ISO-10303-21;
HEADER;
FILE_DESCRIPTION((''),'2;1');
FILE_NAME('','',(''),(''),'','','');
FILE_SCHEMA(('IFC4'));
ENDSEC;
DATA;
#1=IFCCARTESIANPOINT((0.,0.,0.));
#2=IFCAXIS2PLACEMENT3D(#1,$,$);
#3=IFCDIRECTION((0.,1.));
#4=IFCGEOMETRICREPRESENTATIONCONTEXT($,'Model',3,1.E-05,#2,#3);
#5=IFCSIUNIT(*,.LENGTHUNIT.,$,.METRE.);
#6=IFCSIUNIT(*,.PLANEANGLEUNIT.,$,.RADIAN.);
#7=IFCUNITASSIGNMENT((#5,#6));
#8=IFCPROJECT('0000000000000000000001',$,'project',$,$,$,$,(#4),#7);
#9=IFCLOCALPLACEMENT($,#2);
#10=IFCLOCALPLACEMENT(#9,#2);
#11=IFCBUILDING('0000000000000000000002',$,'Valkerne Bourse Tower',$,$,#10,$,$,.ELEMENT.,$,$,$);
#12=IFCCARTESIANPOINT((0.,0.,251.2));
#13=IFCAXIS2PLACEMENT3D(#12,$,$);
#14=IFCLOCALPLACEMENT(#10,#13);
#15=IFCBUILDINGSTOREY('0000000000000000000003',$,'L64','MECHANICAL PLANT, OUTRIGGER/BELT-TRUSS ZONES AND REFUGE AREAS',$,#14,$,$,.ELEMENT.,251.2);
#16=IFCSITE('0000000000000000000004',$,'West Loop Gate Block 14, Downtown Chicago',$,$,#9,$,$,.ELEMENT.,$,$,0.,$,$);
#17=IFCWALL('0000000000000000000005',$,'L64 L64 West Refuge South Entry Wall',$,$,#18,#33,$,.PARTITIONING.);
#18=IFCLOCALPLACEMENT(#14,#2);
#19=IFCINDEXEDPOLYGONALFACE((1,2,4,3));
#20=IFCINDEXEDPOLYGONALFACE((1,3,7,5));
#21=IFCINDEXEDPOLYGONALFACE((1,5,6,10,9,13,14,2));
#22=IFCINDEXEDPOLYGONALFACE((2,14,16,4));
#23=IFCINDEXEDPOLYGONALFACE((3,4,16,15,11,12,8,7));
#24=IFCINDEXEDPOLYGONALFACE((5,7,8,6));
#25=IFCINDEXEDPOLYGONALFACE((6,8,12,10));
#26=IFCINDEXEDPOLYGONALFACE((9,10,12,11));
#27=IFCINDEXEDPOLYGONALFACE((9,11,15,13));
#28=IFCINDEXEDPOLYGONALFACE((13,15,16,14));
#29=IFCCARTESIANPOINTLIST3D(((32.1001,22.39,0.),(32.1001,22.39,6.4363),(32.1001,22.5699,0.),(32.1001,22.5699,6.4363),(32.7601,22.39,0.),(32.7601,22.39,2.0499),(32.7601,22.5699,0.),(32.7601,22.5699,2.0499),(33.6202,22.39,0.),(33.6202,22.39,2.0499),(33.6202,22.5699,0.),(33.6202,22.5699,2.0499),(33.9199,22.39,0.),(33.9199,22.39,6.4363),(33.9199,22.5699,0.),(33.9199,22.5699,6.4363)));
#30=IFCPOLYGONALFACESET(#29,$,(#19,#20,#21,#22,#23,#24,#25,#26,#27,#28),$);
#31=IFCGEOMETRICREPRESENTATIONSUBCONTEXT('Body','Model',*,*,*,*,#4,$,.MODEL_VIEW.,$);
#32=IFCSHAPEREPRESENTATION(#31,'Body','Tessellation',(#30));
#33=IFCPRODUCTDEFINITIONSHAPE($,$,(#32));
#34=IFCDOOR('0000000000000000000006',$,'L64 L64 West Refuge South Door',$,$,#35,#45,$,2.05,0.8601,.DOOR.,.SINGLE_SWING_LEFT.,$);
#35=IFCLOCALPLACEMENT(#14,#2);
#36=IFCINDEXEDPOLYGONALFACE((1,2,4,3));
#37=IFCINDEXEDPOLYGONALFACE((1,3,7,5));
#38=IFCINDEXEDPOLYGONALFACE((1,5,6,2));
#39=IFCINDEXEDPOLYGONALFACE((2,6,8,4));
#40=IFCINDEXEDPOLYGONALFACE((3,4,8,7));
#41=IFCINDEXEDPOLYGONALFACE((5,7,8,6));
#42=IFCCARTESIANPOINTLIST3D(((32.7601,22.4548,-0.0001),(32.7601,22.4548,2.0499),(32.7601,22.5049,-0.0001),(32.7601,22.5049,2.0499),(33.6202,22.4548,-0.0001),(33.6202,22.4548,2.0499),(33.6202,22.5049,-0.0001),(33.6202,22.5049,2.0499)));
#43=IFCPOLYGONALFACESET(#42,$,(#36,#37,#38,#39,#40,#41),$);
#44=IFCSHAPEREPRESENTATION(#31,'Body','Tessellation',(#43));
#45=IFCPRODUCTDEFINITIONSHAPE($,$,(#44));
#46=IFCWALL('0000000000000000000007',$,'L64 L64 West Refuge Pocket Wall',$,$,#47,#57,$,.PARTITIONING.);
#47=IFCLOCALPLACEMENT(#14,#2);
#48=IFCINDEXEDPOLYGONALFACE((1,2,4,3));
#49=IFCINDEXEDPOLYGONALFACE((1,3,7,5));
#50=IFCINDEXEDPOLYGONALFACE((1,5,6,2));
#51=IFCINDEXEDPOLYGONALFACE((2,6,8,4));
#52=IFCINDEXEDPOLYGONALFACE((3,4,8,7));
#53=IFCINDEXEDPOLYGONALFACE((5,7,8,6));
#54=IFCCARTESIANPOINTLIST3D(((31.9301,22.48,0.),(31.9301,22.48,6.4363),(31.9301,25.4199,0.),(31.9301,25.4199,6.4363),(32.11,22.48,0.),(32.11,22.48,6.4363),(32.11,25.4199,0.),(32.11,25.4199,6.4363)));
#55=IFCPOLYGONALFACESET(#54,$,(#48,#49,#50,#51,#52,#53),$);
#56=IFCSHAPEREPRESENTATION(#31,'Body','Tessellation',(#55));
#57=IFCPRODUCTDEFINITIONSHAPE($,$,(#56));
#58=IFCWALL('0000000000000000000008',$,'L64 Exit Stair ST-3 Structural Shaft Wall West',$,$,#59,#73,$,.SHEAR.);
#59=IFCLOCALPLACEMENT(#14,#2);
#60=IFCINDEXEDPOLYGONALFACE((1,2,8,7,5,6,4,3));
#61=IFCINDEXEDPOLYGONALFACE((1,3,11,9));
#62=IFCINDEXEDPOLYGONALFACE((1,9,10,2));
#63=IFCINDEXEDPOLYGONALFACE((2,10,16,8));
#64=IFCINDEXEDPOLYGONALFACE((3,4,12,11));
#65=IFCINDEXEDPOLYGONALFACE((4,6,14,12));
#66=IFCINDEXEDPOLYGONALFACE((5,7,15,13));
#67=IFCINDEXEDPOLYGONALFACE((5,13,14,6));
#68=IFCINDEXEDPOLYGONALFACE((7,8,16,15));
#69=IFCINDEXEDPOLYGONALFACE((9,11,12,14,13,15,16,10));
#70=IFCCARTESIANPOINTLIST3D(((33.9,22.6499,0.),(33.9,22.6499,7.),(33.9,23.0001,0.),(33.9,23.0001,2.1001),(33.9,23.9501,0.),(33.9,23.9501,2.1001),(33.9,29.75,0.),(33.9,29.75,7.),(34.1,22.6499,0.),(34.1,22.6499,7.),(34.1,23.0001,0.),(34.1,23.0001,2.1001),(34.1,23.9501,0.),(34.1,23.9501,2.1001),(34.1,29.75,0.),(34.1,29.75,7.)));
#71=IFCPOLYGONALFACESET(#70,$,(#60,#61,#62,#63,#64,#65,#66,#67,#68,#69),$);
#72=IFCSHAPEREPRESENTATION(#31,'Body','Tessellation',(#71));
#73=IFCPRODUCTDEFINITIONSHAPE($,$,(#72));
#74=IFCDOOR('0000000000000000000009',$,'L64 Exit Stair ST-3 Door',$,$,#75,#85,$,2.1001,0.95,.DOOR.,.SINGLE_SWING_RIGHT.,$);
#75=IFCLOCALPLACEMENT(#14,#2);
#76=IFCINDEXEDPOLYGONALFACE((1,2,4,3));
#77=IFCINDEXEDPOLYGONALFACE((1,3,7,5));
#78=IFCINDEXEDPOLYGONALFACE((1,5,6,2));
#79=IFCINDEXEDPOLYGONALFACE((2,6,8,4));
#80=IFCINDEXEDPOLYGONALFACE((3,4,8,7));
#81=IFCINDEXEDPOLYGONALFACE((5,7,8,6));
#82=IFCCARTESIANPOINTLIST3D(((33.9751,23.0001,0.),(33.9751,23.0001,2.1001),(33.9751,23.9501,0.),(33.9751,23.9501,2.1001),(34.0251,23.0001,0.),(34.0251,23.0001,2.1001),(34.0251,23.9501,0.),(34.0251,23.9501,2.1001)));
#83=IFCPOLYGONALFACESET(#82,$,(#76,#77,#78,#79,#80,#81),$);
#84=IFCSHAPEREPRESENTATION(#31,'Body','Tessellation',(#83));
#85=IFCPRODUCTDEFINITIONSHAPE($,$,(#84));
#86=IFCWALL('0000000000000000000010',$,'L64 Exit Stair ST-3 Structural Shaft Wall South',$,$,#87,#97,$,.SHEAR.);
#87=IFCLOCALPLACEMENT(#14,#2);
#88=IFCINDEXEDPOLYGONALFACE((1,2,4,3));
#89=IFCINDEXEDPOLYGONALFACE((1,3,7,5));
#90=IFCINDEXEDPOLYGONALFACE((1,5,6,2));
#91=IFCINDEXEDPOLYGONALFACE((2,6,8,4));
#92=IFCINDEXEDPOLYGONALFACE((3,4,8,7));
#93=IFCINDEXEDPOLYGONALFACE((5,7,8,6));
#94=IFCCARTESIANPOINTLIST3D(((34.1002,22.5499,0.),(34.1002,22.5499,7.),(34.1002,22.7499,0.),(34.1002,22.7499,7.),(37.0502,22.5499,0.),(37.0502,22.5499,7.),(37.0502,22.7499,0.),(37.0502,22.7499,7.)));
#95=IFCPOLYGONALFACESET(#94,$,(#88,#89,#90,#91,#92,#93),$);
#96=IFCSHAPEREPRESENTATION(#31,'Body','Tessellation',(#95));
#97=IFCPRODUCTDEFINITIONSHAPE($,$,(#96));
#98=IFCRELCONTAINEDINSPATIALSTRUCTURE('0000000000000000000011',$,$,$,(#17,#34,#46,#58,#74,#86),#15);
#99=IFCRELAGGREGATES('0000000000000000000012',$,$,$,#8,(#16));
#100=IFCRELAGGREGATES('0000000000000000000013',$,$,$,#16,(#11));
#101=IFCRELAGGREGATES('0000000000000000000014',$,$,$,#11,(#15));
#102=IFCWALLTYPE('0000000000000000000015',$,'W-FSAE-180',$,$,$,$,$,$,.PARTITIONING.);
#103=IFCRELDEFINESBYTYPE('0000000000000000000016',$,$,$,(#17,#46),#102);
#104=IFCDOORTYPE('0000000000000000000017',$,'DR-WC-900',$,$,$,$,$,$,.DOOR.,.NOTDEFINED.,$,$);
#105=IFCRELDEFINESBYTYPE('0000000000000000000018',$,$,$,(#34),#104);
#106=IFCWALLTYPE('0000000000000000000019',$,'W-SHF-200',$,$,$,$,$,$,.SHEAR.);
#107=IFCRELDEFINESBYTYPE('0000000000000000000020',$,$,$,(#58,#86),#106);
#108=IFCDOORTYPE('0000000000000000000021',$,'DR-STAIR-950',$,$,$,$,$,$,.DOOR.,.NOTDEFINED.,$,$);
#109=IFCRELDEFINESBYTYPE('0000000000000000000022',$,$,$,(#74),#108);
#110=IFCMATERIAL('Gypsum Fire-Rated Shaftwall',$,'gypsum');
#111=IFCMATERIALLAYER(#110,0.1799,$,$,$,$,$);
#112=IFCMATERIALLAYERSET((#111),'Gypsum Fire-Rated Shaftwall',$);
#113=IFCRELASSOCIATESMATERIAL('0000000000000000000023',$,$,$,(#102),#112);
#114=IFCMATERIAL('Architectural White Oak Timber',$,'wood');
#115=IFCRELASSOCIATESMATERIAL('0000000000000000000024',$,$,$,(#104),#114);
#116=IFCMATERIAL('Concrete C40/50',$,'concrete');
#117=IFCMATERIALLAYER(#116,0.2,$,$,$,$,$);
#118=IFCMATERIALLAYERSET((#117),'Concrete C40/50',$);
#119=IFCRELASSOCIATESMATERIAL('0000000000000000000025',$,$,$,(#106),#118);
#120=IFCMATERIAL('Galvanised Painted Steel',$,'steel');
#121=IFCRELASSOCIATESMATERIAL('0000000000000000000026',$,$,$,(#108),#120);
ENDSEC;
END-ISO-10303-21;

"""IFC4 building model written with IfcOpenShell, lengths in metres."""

from ifc_helpers import new_model, si_unit, direction, frame, frame_2d, origin, place, context, subcontext, project, spatial, rectangle, extrude, material, layer, layer_set, type_object, element, fill, save


model = new_model("IFC4")

# Units and contexts
model_context = context("Model", 3, precision=1e-05, world=origin(), true_north=direction((0.0, 1.0)))
body_context = subcontext(model_context, "Body", "Model", "MODEL_VIEW")
ifc_project = project(units=[si_unit("LENGTHUNIT", "METRE"), si_unit("PLANEANGLEUNIT", "RADIAN")], contexts=[model_context])

# Site, building, storey
site_placement = place(None, origin())
site = spatial("IfcSite", under=ifc_project, at=site_placement, Name="West Loop Gate Block 14, Downtown Chicago", CompositionType="ELEMENT", RefElevation=0.0)
building_placement = place(site_placement, origin())
building = spatial("IfcBuilding", under=site, at=building_placement, Name="Valkerne Bourse Tower", CompositionType="ELEMENT")
storey_placement = place(building_placement, frame((0.0, 0.0, 251.2)))
storey = spatial("IfcBuildingStorey", under=building, at=storey_placement, Name="L64", Description="MECHANICAL PLANT, OUTRIGGER/BELT-TRUSS ZONES AND REFUGE AREAS", CompositionType="ELEMENT", Elevation=251.2)

# Wall, opening, door
ifc_material_1 = material(Name="Gypsum Fire-Rated Shaftwall", Category="gypsum")
ifc_layer_1 = layer(ifc_material_1, 0.1799)
ifc_layer_set_1 = layer_set([ifc_layer_1], Name="Gypsum Fire-Rated Shaftwall")
wall_type_1 = type_object("IfcWallType", Name="W-FSAE-180", PredefinedType="PARTITIONING", material=ifc_layer_set_1)
wall_1_placement = place(storey_placement, frame((32.1001, 22.48, 0.0), z_axis=(0.0, 0.0, 1.0), x_axis=(1.0, 0.0, 0.0)))
wall_1 = element("IfcWall", 1, at=wall_1_placement, inside=storey, type_object=wall_type_1, Name="L64 L64 West Refuge South Entry Wall", PredefinedType="PARTITIONING", context=body_context, shape_type="SweptSolid", body=[
    extrude(rectangle(XDim=1.8198, YDim=0.1799, at=frame_2d((0.9099, 0.0))), origin(), (0.0, 0.0, 1.0), 6.4363),
])
opening_1_placement = place(wall_1_placement, frame((0.6599, 0.0, 0.0)))
opening_1 = element("IfcOpeningElement", 2, at=opening_1_placement, cuts=wall_1, PredefinedType="OPENING", context=body_context, shape_type="SweptSolid", body=[
    extrude(rectangle(XDim=0.8601, YDim=2.05, at=frame_2d((0.4302, 1.0249))), frame((0.0, 0.0999, 0.0), z_axis=(0.0, -1.0, 0.0), x_axis=(1.0, 0.0, 0.0)), (0.0, 0.0, 1.0), 0.2),
])
ifc_material_2 = material(Name="Architectural White Oak Timber", Category="wood")
door_type_1 = type_object("IfcDoorType", Name="DR-WC-900", OperationType="NOTDEFINED", PredefinedType="DOOR", material=ifc_material_2)
door_1_placement = place(opening_1_placement, origin())
door_1 = element("IfcDoor", 3, at=door_1_placement, inside=storey, type_object=door_type_1, Name="L64 L64 West Refuge South Door", OperationType="SINGLE_SWING_LEFT", OverallHeight=2.05, OverallWidth=0.8601, PredefinedType="DOOR", context=body_context, shape_type="SweptSolid", body=[
    extrude(rectangle(XDim=0.8601, YDim=2.05, at=frame_2d((0.4302, 1.0249))), frame((0.0, 0.0249, 0.0), z_axis=(0.0, -1.0, 0.0), x_axis=(1.0, 0.0, 0.0)), (0.0, 0.0, 1.0), 0.05),
])
fill(opening_1, door_1)

# Wall
wall_2_placement = place(storey_placement, frame((32.02, 22.48, 0.0), z_axis=(0.0, 0.0, 1.0), x_axis=(0.0, 1.0, 0.0)))
element("IfcWall", 4, at=wall_2_placement, inside=storey, type_object=wall_type_1, Name="L64 L64 West Refuge Pocket Wall", PredefinedType="PARTITIONING", context=body_context, shape_type="SweptSolid", body=[
    extrude(rectangle(XDim=2.9399, YDim=0.1799, at=frame_2d((1.47, 0.0))), origin(), (0.0, 0.0, 1.0), 6.4363),
])

# Wall, opening, door
ifc_material_3 = material(Name="Concrete C40/50", Category="concrete")
ifc_layer_2 = layer(ifc_material_3, 0.2)
ifc_layer_set_2 = layer_set([ifc_layer_2], Name="Concrete C40/50")
wall_type_2 = type_object("IfcWallType", Name="W-SHF-200", PredefinedType="SHEAR", material=ifc_layer_set_2)
wall_3_placement = place(storey_placement, frame((34.0, 22.6499, 0.0), z_axis=(0.0, 0.0, 1.0), x_axis=(0.0, 1.0, 0.0)))
wall_3 = element("IfcWall", 5, at=wall_3_placement, inside=storey, type_object=wall_type_2, Name="L64 Exit Stair ST-3 Structural Shaft Wall West", PredefinedType="SHEAR", context=body_context, shape_type="SweptSolid", body=[
    extrude(rectangle(XDim=7.1001, YDim=0.2, at=frame_2d((3.55, 0.0))), origin(), (0.0, 0.0, 1.0), 7.0),
])
opening_2_placement = place(wall_3_placement, frame((0.3501, 0.0, 0.0)))
opening_2 = element("IfcOpeningElement", 6, at=opening_2_placement, cuts=wall_3, PredefinedType="OPENING", context=body_context, shape_type="SweptSolid", body=[
    extrude(rectangle(XDim=0.95, YDim=2.1001, at=frame_2d((0.4751, 1.05))), frame((0.0, 0.1099, 0.0), z_axis=(0.0, -1.0, 0.0), x_axis=(1.0, 0.0, 0.0)), (0.0, 0.0, 1.0), 0.22),
])
ifc_material_4 = material(Name="Galvanised Painted Steel", Category="steel")
door_type_2 = type_object("IfcDoorType", Name="DR-STAIR-950", OperationType="NOTDEFINED", PredefinedType="DOOR", material=ifc_material_4)
door_2_placement = place(opening_2_placement, origin())
door_2 = element("IfcDoor", 7, at=door_2_placement, inside=storey, type_object=door_type_2, Name="L64 Exit Stair ST-3 Door", OperationType="SINGLE_SWING_RIGHT", OverallHeight=2.1001, OverallWidth=0.95, PredefinedType="DOOR", context=body_context, shape_type="SweptSolid", body=[
    extrude(rectangle(XDim=0.95, YDim=2.1001, at=frame_2d((0.4751, 1.05))), frame((0.0, 0.0249, 0.0), z_axis=(0.0, -1.0, 0.0), x_axis=(1.0, 0.0, 0.0)), (0.0, 0.0, 1.0), 0.05),
])
fill(opening_2, door_2)

# Wall
wall_4_placement = place(storey_placement, frame((34.1001, 22.6499, 0.0), z_axis=(0.0, 0.0, 1.0), x_axis=(1.0, 0.0, 0.0)))
element("IfcWall", 8, at=wall_4_placement, inside=storey, type_object=wall_type_2, Name="L64 Exit Stair ST-3 Structural Shaft Wall South", PredefinedType="SHEAR", context=body_context, shape_type="SweptSolid", body=[
    extrude(rectangle(XDim=2.95, YDim=0.2, at=frame_2d((1.4751, 0.0))), origin(), (0.0, 0.0, 1.0), 7.0),
])

save(model, "model.ifc")
